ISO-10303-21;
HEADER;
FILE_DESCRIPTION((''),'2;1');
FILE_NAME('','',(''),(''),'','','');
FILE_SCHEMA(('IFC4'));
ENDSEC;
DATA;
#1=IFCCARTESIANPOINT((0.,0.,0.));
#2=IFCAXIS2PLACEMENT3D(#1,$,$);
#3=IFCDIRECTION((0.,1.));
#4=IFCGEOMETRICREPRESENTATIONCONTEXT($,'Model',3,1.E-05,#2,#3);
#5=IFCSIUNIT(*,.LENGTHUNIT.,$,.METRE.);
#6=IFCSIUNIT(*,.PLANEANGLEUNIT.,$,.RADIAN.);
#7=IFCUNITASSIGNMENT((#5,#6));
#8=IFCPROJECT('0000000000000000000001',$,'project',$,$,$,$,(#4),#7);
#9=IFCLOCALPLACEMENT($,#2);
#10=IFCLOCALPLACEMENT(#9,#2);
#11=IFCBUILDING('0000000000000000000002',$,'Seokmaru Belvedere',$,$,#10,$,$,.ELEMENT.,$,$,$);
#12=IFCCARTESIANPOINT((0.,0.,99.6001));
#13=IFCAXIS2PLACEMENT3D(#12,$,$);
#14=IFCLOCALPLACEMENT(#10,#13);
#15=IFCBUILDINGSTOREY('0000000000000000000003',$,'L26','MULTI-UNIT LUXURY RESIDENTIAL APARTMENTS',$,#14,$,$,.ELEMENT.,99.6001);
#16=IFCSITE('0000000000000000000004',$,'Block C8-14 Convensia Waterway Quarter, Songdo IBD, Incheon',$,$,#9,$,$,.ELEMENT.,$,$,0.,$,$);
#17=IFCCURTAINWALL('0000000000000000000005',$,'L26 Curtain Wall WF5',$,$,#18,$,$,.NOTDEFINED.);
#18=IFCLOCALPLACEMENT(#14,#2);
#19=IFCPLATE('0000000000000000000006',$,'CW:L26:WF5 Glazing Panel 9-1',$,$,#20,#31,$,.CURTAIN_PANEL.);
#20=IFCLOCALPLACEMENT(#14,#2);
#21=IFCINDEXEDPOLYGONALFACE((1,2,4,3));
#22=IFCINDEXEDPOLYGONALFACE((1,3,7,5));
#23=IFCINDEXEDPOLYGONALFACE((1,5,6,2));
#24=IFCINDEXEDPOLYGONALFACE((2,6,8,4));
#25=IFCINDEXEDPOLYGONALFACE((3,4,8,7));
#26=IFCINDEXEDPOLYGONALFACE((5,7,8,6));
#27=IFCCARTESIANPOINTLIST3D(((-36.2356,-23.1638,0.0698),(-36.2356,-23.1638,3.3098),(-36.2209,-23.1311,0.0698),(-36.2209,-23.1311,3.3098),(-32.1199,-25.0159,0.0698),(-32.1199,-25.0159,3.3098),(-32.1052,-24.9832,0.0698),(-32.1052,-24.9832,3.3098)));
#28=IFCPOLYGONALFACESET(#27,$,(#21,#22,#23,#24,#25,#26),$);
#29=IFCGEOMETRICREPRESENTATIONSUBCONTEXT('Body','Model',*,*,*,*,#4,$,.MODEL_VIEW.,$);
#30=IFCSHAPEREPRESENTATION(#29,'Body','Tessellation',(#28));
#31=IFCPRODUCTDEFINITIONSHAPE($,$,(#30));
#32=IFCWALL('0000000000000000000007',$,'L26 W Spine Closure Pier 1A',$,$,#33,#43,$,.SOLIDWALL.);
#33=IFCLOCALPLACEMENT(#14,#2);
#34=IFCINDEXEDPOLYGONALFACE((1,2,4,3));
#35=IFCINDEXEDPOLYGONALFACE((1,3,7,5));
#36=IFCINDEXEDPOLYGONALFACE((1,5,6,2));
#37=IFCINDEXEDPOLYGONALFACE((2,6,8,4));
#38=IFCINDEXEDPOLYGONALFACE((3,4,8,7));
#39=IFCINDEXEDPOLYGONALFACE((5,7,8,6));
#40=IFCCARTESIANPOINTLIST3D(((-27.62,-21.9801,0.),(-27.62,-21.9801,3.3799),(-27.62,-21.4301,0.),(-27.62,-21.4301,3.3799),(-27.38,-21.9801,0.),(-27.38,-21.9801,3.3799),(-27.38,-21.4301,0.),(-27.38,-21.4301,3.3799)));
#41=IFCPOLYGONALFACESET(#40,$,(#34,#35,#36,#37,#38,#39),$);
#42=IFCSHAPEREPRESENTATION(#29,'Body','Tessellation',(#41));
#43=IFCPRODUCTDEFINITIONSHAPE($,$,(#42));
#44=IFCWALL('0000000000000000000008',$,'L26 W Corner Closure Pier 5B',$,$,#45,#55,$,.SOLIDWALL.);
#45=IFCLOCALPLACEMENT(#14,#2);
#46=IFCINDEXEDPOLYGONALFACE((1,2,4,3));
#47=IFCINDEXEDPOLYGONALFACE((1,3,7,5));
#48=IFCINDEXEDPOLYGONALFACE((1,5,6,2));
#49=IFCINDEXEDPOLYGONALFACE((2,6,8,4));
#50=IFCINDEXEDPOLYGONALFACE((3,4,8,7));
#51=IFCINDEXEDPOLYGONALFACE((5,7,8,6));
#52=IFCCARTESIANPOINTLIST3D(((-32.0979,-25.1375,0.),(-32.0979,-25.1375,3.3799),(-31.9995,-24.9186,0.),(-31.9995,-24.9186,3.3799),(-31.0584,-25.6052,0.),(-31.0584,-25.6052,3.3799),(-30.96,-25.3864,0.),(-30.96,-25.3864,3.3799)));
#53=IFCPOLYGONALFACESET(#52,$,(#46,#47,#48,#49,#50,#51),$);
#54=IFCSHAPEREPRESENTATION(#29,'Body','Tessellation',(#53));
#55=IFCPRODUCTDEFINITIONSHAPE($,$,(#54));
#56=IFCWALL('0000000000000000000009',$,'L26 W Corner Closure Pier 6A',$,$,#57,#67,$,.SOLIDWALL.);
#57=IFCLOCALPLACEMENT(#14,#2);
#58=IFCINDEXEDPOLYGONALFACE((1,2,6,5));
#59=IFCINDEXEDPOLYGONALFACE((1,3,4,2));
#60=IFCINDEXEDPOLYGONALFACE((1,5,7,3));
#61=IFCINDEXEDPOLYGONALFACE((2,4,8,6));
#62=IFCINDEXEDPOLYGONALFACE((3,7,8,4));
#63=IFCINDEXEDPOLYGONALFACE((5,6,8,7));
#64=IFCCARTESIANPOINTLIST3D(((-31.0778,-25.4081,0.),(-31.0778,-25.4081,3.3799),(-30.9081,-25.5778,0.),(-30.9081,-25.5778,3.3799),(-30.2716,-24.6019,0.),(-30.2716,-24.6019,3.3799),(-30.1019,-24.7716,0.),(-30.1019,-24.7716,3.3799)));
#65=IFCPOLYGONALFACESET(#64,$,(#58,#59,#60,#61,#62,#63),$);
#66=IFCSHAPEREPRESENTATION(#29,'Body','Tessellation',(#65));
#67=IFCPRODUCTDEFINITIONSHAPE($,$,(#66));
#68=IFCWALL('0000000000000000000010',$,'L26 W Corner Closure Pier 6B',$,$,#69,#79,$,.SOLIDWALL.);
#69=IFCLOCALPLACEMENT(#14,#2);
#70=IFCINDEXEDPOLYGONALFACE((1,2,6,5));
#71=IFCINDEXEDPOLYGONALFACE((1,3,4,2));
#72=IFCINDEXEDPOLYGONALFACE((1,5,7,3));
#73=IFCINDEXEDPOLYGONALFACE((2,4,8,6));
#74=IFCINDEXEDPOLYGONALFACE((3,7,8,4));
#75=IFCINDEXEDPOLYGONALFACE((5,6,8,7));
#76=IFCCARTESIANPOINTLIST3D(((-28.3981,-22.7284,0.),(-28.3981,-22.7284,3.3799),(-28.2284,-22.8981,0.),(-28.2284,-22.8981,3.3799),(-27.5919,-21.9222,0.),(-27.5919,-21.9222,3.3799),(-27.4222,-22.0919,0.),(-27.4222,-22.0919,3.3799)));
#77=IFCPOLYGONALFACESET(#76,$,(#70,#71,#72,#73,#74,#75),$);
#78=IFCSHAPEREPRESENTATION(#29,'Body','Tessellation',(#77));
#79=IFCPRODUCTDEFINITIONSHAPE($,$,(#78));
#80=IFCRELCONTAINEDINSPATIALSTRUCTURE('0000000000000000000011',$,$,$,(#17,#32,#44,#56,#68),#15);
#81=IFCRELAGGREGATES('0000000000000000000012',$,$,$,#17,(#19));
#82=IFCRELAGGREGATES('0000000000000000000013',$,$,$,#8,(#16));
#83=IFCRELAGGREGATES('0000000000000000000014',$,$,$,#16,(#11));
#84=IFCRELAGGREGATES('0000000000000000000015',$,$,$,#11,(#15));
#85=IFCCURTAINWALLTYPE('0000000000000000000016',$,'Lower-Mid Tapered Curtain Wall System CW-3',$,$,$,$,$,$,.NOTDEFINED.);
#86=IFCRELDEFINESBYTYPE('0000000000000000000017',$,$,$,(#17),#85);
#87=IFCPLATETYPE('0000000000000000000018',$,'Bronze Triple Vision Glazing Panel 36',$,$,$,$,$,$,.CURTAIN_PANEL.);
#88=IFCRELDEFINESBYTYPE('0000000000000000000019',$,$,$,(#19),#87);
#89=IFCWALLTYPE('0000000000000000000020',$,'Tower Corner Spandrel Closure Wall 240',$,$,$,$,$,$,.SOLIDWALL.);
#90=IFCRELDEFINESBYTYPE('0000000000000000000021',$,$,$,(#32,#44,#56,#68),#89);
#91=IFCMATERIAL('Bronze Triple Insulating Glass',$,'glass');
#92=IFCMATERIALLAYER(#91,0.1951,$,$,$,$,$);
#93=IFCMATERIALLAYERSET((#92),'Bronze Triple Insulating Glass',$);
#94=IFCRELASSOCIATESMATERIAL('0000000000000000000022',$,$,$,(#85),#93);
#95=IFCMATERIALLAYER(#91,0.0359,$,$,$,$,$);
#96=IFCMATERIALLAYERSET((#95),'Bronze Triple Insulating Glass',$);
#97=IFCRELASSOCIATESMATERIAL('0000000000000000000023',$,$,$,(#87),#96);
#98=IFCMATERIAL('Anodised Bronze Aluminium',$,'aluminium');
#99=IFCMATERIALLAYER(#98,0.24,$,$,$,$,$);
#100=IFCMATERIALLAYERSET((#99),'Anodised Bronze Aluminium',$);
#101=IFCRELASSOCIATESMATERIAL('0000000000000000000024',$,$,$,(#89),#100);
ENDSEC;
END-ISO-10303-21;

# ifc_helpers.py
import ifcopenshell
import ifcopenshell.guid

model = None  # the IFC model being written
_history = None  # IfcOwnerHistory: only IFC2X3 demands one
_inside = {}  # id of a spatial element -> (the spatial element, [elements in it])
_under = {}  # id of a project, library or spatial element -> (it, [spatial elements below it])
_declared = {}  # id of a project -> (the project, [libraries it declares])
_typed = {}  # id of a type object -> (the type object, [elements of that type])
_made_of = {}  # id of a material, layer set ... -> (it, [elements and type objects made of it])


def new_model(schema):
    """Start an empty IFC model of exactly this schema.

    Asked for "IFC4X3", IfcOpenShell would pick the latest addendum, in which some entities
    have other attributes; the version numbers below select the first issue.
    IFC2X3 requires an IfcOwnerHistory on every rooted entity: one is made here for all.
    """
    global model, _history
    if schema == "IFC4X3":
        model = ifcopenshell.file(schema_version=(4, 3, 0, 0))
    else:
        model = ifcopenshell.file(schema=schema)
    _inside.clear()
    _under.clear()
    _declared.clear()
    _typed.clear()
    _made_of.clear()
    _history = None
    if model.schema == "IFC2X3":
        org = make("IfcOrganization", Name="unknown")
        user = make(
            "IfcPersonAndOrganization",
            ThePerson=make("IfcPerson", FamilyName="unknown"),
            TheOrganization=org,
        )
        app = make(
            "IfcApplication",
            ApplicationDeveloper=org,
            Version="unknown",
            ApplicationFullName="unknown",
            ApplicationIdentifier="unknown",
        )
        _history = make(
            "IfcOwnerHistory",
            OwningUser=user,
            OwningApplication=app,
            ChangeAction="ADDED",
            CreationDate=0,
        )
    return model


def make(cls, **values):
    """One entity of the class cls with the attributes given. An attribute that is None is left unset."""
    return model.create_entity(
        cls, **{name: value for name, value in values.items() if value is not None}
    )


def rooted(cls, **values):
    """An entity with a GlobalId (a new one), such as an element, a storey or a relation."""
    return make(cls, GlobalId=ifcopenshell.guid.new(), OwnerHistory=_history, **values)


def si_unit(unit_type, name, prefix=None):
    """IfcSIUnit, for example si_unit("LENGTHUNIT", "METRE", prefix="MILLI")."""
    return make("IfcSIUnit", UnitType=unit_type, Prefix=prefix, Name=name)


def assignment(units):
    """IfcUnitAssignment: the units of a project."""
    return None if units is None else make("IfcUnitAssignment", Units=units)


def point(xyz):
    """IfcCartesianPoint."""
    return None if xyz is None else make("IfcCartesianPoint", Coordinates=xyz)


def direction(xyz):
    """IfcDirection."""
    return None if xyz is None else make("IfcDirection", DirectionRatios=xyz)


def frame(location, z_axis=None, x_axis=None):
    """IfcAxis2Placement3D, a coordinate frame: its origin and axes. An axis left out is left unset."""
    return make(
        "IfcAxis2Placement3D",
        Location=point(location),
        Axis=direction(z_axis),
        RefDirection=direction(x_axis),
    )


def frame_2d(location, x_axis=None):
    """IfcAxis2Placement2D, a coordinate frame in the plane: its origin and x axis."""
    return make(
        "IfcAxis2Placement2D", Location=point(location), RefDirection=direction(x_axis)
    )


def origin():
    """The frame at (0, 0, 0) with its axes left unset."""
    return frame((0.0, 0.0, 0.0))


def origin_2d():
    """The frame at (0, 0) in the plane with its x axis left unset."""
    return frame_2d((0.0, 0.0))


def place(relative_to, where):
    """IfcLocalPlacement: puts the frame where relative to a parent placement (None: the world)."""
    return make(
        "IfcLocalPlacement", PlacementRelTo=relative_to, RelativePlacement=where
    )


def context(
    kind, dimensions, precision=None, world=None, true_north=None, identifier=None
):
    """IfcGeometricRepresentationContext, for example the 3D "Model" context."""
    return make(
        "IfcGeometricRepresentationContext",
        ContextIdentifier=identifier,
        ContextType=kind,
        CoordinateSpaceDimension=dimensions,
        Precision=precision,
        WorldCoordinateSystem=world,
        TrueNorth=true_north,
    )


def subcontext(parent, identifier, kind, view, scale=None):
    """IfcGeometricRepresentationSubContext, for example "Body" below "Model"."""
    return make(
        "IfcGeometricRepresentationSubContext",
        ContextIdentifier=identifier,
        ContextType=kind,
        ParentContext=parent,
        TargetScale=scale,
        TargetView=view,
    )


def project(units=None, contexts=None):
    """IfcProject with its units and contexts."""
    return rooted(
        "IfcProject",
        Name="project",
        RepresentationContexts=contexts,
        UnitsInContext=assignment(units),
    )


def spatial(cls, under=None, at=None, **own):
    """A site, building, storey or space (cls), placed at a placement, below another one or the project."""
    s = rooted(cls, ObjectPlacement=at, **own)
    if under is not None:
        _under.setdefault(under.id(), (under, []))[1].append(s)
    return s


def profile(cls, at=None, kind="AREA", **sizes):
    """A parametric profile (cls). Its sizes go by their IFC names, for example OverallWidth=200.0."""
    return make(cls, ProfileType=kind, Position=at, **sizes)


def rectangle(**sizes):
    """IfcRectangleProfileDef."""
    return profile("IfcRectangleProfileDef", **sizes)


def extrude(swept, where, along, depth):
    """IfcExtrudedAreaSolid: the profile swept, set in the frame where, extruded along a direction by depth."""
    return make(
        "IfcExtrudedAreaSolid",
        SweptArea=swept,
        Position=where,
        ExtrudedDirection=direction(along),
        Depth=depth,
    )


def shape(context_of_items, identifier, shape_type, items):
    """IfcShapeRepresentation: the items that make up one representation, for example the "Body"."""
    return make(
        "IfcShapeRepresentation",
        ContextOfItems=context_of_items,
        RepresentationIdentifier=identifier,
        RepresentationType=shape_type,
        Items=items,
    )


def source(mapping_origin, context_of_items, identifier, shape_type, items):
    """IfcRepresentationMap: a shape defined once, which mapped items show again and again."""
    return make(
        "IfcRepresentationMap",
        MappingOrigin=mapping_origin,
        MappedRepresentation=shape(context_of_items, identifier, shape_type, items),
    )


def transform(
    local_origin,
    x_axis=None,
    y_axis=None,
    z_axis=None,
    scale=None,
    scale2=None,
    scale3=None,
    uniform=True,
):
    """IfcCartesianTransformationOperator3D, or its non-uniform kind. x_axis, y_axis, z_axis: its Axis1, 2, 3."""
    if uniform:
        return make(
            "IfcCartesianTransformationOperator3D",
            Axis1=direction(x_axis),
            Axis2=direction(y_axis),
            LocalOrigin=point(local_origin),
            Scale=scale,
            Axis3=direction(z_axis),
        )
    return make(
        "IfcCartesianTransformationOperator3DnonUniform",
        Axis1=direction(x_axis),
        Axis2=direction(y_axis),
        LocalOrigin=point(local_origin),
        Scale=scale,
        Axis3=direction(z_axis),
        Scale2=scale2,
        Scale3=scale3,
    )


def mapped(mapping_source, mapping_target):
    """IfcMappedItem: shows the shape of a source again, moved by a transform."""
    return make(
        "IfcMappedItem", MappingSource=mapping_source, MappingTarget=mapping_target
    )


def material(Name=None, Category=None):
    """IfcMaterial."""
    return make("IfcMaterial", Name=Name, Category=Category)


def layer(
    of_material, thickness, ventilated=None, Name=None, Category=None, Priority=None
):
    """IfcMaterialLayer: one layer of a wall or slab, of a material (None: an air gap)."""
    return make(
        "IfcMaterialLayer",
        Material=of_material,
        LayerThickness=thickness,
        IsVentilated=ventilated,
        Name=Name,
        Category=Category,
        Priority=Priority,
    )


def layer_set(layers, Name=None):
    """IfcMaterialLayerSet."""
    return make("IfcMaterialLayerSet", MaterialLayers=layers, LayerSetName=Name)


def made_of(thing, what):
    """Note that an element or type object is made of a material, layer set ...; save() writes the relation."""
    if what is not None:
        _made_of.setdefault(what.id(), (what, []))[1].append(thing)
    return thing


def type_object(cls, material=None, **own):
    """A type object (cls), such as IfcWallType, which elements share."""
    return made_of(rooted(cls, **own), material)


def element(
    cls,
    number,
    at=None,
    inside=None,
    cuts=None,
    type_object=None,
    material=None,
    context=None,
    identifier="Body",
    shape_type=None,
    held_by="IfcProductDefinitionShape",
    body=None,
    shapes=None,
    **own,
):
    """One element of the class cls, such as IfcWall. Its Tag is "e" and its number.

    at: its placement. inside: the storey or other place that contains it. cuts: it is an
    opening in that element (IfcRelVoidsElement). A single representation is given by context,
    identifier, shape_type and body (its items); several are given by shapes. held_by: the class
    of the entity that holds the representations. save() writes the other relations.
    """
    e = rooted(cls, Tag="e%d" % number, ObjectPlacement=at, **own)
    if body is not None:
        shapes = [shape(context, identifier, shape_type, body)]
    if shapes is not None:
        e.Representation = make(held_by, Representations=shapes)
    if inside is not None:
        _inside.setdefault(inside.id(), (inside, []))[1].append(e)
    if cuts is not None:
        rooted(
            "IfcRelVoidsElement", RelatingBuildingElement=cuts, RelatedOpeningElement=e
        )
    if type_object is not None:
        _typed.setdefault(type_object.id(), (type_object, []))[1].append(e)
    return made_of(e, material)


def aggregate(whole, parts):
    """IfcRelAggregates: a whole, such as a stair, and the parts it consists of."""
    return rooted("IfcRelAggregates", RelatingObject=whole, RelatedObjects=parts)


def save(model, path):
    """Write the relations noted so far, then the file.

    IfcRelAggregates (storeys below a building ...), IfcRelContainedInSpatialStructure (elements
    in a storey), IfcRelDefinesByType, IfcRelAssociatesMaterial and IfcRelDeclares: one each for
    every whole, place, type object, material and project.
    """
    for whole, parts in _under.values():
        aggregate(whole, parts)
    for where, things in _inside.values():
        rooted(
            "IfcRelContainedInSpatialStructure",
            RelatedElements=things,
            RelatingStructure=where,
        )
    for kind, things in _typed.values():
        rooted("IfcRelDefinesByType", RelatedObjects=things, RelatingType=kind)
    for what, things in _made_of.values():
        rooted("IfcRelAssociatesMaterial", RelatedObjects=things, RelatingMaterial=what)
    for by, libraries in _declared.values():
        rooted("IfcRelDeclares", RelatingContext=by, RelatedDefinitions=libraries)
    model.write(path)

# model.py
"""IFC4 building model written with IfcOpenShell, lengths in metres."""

from ifc_helpers import new_model, si_unit, direction, frame, frame_2d, origin, origin_2d, place, context, subcontext, project, spatial, rectangle, extrude, source, transform, mapped, material, layer, layer_set, type_object, element, aggregate, save


model = new_model("IFC4")

# Units and contexts
model_context = context("Model", 3, precision=1e-05, world=origin(), true_north=direction((0.0, 1.0)))
body_context = subcontext(model_context, "Body", "Model", "MODEL_VIEW")
ifc_project = project(units=[si_unit("LENGTHUNIT", "METRE"), si_unit("PLANEANGLEUNIT", "RADIAN")], contexts=[model_context])

# Site, building, storey
site_placement = place(None, origin())
site = spatial("IfcSite", under=ifc_project, at=site_placement, Name="Block C8-14 Convensia Waterway Quarter, Songdo IBD, Incheon", CompositionType="ELEMENT", RefElevation=0.0)
building_placement = place(site_placement, origin())
building = spatial("IfcBuilding", under=site, at=building_placement, Name="Seokmaru Belvedere", CompositionType="ELEMENT")
storey_placement = place(building_placement, frame((0.0, 0.0, 99.6001)))
storey = spatial("IfcBuildingStorey", under=building, at=storey_placement, Name="L26", Description="MULTI-UNIT LUXURY RESIDENTIAL APARTMENTS", CompositionType="ELEMENT", Elevation=99.6001)

# Curtain wall
ifc_material_1 = material(Name="Bronze Triple Insulating Glass", Category="glass")
ifc_layer_1 = layer(ifc_material_1, 0.1951)
ifc_layer_set_1 = layer_set([ifc_layer_1], Name="Bronze Triple Insulating Glass")
curtain_wall_type = type_object("IfcCurtainWallType", Name="Lower-Mid Tapered Curtain Wall System CW-3", PredefinedType="NOTDEFINED", material=ifc_layer_set_1)
curtain_wall_1_placement = place(storey_placement, origin())
curtain_wall_1 = element("IfcCurtainWall", 1, at=curtain_wall_1_placement, inside=storey, type_object=curtain_wall_type, Name="L26 Curtain Wall WF5", PredefinedType="NOTDEFINED")
ifc_material_2 = material(Name="Anodised Bronze Aluminium", Category="aluminium")

# Plate
ifc_layer_2 = layer(ifc_material_1, 0.0359)
ifc_layer_set_2 = layer_set([ifc_layer_2], Name="Bronze Triple Insulating Glass")
plate_type = type_object("IfcPlateType", Name="Bronze Triple Vision Glazing Panel 36", PredefinedType="CURTAIN_PANEL", material=ifc_layer_set_2)
shared_shape_1 = source(origin(), body_context, "Body", "SweptSolid", [
    extrude(rectangle(XDim=4.5132, YDim=0.0359, at=origin_2d()), origin(), (0.0, 0.0, 1.0), 3.24),
])
plate_1_placement = place(storey_placement, frame((-34.1704, -24.0735, 0.0698), z_axis=(0.0, 0.0, 1.0), x_axis=(0.911921, -0.410366, 0.0)))
plate_1 = element("IfcPlate", 2, at=plate_1_placement, type_object=plate_type, Name="CW:L26:WF5 Glazing Panel 9-1", PredefinedType="CURTAIN_PANEL", context=body_context, shape_type="MappedRepresentation", body=[
    mapped(shared_shape_1, transform((0.0, 0.0, 0.0), scale=1.0)),
])
aggregate(curtain_wall_1, [plate_1])

# Walls
ifc_layer_3 = layer(ifc_material_2, 0.24)
ifc_layer_set_3 = layer_set([ifc_layer_3], Name="Anodised Bronze Aluminium")
wall_type = type_object("IfcWallType", Name="Tower Corner Spandrel Closure Wall 240", PredefinedType="SOLIDWALL", material=ifc_layer_set_3)
wall_1_placement = place(storey_placement, frame((-27.5, -21.98, 0.0), z_axis=(0.0, 0.0, 1.0), x_axis=(0.0, 1.0, 0.0)))
element("IfcWall", 3, at=wall_1_placement, inside=storey, type_object=wall_type, Name="L26 W Spine Closure Pier 1A", PredefinedType="SOLIDWALL", context=body_context, shape_type="SweptSolid", body=[
    extrude(rectangle(XDim=0.55, YDim=0.24, at=frame_2d((0.2749, 0.0))), origin(), (0.0, 0.0, 1.0), 3.3799),
])
wall_2_placement = place(storey_placement, frame((-32.0486, -25.0281, 0.0), z_axis=(0.0, 0.0, 1.0), x_axis=(0.91193, -0.410347, 0.0)))
element("IfcWall", 4, at=wall_2_placement, inside=storey, type_object=wall_type, Name="L26 W Corner Closure Pier 5B", PredefinedType="SOLIDWALL", context=body_context, shape_type="SweptSolid", body=[
    extrude(rectangle(XDim=1.1399, YDim=0.24, at=frame_2d((0.5698, 0.0))), origin(), (0.0, 0.0, 1.0), 3.3799),
])
for number, where, z_axis, x_axis, name in (
    (5, (-30.9929, -25.4929, 0.0), (0.0, 0.0, 1.0), (0.707107, 0.707107, 0.0), "L26 W Corner Closure Pier 6A"),
    (6, (-28.3132, -22.8132, 0.0), (0.0, 0.0, 1.0), (0.707107, 0.707107, 0.0), "L26 W Corner Closure Pier 6B"),
):
    element("IfcWall", number, at=place(storey_placement, frame(where, z_axis=z_axis, x_axis=x_axis)), inside=storey, type_object=wall_type, Name=name, PredefinedType="SOLIDWALL", context=body_context, shape_type="SweptSolid", body=[
        extrude(rectangle(XDim=1.1401, YDim=0.24, at=frame_2d((0.5701, 0.0))), origin(), (0.0, 0.0, 1.0), 3.3799),
    ])

save(model, "model.ifc")
